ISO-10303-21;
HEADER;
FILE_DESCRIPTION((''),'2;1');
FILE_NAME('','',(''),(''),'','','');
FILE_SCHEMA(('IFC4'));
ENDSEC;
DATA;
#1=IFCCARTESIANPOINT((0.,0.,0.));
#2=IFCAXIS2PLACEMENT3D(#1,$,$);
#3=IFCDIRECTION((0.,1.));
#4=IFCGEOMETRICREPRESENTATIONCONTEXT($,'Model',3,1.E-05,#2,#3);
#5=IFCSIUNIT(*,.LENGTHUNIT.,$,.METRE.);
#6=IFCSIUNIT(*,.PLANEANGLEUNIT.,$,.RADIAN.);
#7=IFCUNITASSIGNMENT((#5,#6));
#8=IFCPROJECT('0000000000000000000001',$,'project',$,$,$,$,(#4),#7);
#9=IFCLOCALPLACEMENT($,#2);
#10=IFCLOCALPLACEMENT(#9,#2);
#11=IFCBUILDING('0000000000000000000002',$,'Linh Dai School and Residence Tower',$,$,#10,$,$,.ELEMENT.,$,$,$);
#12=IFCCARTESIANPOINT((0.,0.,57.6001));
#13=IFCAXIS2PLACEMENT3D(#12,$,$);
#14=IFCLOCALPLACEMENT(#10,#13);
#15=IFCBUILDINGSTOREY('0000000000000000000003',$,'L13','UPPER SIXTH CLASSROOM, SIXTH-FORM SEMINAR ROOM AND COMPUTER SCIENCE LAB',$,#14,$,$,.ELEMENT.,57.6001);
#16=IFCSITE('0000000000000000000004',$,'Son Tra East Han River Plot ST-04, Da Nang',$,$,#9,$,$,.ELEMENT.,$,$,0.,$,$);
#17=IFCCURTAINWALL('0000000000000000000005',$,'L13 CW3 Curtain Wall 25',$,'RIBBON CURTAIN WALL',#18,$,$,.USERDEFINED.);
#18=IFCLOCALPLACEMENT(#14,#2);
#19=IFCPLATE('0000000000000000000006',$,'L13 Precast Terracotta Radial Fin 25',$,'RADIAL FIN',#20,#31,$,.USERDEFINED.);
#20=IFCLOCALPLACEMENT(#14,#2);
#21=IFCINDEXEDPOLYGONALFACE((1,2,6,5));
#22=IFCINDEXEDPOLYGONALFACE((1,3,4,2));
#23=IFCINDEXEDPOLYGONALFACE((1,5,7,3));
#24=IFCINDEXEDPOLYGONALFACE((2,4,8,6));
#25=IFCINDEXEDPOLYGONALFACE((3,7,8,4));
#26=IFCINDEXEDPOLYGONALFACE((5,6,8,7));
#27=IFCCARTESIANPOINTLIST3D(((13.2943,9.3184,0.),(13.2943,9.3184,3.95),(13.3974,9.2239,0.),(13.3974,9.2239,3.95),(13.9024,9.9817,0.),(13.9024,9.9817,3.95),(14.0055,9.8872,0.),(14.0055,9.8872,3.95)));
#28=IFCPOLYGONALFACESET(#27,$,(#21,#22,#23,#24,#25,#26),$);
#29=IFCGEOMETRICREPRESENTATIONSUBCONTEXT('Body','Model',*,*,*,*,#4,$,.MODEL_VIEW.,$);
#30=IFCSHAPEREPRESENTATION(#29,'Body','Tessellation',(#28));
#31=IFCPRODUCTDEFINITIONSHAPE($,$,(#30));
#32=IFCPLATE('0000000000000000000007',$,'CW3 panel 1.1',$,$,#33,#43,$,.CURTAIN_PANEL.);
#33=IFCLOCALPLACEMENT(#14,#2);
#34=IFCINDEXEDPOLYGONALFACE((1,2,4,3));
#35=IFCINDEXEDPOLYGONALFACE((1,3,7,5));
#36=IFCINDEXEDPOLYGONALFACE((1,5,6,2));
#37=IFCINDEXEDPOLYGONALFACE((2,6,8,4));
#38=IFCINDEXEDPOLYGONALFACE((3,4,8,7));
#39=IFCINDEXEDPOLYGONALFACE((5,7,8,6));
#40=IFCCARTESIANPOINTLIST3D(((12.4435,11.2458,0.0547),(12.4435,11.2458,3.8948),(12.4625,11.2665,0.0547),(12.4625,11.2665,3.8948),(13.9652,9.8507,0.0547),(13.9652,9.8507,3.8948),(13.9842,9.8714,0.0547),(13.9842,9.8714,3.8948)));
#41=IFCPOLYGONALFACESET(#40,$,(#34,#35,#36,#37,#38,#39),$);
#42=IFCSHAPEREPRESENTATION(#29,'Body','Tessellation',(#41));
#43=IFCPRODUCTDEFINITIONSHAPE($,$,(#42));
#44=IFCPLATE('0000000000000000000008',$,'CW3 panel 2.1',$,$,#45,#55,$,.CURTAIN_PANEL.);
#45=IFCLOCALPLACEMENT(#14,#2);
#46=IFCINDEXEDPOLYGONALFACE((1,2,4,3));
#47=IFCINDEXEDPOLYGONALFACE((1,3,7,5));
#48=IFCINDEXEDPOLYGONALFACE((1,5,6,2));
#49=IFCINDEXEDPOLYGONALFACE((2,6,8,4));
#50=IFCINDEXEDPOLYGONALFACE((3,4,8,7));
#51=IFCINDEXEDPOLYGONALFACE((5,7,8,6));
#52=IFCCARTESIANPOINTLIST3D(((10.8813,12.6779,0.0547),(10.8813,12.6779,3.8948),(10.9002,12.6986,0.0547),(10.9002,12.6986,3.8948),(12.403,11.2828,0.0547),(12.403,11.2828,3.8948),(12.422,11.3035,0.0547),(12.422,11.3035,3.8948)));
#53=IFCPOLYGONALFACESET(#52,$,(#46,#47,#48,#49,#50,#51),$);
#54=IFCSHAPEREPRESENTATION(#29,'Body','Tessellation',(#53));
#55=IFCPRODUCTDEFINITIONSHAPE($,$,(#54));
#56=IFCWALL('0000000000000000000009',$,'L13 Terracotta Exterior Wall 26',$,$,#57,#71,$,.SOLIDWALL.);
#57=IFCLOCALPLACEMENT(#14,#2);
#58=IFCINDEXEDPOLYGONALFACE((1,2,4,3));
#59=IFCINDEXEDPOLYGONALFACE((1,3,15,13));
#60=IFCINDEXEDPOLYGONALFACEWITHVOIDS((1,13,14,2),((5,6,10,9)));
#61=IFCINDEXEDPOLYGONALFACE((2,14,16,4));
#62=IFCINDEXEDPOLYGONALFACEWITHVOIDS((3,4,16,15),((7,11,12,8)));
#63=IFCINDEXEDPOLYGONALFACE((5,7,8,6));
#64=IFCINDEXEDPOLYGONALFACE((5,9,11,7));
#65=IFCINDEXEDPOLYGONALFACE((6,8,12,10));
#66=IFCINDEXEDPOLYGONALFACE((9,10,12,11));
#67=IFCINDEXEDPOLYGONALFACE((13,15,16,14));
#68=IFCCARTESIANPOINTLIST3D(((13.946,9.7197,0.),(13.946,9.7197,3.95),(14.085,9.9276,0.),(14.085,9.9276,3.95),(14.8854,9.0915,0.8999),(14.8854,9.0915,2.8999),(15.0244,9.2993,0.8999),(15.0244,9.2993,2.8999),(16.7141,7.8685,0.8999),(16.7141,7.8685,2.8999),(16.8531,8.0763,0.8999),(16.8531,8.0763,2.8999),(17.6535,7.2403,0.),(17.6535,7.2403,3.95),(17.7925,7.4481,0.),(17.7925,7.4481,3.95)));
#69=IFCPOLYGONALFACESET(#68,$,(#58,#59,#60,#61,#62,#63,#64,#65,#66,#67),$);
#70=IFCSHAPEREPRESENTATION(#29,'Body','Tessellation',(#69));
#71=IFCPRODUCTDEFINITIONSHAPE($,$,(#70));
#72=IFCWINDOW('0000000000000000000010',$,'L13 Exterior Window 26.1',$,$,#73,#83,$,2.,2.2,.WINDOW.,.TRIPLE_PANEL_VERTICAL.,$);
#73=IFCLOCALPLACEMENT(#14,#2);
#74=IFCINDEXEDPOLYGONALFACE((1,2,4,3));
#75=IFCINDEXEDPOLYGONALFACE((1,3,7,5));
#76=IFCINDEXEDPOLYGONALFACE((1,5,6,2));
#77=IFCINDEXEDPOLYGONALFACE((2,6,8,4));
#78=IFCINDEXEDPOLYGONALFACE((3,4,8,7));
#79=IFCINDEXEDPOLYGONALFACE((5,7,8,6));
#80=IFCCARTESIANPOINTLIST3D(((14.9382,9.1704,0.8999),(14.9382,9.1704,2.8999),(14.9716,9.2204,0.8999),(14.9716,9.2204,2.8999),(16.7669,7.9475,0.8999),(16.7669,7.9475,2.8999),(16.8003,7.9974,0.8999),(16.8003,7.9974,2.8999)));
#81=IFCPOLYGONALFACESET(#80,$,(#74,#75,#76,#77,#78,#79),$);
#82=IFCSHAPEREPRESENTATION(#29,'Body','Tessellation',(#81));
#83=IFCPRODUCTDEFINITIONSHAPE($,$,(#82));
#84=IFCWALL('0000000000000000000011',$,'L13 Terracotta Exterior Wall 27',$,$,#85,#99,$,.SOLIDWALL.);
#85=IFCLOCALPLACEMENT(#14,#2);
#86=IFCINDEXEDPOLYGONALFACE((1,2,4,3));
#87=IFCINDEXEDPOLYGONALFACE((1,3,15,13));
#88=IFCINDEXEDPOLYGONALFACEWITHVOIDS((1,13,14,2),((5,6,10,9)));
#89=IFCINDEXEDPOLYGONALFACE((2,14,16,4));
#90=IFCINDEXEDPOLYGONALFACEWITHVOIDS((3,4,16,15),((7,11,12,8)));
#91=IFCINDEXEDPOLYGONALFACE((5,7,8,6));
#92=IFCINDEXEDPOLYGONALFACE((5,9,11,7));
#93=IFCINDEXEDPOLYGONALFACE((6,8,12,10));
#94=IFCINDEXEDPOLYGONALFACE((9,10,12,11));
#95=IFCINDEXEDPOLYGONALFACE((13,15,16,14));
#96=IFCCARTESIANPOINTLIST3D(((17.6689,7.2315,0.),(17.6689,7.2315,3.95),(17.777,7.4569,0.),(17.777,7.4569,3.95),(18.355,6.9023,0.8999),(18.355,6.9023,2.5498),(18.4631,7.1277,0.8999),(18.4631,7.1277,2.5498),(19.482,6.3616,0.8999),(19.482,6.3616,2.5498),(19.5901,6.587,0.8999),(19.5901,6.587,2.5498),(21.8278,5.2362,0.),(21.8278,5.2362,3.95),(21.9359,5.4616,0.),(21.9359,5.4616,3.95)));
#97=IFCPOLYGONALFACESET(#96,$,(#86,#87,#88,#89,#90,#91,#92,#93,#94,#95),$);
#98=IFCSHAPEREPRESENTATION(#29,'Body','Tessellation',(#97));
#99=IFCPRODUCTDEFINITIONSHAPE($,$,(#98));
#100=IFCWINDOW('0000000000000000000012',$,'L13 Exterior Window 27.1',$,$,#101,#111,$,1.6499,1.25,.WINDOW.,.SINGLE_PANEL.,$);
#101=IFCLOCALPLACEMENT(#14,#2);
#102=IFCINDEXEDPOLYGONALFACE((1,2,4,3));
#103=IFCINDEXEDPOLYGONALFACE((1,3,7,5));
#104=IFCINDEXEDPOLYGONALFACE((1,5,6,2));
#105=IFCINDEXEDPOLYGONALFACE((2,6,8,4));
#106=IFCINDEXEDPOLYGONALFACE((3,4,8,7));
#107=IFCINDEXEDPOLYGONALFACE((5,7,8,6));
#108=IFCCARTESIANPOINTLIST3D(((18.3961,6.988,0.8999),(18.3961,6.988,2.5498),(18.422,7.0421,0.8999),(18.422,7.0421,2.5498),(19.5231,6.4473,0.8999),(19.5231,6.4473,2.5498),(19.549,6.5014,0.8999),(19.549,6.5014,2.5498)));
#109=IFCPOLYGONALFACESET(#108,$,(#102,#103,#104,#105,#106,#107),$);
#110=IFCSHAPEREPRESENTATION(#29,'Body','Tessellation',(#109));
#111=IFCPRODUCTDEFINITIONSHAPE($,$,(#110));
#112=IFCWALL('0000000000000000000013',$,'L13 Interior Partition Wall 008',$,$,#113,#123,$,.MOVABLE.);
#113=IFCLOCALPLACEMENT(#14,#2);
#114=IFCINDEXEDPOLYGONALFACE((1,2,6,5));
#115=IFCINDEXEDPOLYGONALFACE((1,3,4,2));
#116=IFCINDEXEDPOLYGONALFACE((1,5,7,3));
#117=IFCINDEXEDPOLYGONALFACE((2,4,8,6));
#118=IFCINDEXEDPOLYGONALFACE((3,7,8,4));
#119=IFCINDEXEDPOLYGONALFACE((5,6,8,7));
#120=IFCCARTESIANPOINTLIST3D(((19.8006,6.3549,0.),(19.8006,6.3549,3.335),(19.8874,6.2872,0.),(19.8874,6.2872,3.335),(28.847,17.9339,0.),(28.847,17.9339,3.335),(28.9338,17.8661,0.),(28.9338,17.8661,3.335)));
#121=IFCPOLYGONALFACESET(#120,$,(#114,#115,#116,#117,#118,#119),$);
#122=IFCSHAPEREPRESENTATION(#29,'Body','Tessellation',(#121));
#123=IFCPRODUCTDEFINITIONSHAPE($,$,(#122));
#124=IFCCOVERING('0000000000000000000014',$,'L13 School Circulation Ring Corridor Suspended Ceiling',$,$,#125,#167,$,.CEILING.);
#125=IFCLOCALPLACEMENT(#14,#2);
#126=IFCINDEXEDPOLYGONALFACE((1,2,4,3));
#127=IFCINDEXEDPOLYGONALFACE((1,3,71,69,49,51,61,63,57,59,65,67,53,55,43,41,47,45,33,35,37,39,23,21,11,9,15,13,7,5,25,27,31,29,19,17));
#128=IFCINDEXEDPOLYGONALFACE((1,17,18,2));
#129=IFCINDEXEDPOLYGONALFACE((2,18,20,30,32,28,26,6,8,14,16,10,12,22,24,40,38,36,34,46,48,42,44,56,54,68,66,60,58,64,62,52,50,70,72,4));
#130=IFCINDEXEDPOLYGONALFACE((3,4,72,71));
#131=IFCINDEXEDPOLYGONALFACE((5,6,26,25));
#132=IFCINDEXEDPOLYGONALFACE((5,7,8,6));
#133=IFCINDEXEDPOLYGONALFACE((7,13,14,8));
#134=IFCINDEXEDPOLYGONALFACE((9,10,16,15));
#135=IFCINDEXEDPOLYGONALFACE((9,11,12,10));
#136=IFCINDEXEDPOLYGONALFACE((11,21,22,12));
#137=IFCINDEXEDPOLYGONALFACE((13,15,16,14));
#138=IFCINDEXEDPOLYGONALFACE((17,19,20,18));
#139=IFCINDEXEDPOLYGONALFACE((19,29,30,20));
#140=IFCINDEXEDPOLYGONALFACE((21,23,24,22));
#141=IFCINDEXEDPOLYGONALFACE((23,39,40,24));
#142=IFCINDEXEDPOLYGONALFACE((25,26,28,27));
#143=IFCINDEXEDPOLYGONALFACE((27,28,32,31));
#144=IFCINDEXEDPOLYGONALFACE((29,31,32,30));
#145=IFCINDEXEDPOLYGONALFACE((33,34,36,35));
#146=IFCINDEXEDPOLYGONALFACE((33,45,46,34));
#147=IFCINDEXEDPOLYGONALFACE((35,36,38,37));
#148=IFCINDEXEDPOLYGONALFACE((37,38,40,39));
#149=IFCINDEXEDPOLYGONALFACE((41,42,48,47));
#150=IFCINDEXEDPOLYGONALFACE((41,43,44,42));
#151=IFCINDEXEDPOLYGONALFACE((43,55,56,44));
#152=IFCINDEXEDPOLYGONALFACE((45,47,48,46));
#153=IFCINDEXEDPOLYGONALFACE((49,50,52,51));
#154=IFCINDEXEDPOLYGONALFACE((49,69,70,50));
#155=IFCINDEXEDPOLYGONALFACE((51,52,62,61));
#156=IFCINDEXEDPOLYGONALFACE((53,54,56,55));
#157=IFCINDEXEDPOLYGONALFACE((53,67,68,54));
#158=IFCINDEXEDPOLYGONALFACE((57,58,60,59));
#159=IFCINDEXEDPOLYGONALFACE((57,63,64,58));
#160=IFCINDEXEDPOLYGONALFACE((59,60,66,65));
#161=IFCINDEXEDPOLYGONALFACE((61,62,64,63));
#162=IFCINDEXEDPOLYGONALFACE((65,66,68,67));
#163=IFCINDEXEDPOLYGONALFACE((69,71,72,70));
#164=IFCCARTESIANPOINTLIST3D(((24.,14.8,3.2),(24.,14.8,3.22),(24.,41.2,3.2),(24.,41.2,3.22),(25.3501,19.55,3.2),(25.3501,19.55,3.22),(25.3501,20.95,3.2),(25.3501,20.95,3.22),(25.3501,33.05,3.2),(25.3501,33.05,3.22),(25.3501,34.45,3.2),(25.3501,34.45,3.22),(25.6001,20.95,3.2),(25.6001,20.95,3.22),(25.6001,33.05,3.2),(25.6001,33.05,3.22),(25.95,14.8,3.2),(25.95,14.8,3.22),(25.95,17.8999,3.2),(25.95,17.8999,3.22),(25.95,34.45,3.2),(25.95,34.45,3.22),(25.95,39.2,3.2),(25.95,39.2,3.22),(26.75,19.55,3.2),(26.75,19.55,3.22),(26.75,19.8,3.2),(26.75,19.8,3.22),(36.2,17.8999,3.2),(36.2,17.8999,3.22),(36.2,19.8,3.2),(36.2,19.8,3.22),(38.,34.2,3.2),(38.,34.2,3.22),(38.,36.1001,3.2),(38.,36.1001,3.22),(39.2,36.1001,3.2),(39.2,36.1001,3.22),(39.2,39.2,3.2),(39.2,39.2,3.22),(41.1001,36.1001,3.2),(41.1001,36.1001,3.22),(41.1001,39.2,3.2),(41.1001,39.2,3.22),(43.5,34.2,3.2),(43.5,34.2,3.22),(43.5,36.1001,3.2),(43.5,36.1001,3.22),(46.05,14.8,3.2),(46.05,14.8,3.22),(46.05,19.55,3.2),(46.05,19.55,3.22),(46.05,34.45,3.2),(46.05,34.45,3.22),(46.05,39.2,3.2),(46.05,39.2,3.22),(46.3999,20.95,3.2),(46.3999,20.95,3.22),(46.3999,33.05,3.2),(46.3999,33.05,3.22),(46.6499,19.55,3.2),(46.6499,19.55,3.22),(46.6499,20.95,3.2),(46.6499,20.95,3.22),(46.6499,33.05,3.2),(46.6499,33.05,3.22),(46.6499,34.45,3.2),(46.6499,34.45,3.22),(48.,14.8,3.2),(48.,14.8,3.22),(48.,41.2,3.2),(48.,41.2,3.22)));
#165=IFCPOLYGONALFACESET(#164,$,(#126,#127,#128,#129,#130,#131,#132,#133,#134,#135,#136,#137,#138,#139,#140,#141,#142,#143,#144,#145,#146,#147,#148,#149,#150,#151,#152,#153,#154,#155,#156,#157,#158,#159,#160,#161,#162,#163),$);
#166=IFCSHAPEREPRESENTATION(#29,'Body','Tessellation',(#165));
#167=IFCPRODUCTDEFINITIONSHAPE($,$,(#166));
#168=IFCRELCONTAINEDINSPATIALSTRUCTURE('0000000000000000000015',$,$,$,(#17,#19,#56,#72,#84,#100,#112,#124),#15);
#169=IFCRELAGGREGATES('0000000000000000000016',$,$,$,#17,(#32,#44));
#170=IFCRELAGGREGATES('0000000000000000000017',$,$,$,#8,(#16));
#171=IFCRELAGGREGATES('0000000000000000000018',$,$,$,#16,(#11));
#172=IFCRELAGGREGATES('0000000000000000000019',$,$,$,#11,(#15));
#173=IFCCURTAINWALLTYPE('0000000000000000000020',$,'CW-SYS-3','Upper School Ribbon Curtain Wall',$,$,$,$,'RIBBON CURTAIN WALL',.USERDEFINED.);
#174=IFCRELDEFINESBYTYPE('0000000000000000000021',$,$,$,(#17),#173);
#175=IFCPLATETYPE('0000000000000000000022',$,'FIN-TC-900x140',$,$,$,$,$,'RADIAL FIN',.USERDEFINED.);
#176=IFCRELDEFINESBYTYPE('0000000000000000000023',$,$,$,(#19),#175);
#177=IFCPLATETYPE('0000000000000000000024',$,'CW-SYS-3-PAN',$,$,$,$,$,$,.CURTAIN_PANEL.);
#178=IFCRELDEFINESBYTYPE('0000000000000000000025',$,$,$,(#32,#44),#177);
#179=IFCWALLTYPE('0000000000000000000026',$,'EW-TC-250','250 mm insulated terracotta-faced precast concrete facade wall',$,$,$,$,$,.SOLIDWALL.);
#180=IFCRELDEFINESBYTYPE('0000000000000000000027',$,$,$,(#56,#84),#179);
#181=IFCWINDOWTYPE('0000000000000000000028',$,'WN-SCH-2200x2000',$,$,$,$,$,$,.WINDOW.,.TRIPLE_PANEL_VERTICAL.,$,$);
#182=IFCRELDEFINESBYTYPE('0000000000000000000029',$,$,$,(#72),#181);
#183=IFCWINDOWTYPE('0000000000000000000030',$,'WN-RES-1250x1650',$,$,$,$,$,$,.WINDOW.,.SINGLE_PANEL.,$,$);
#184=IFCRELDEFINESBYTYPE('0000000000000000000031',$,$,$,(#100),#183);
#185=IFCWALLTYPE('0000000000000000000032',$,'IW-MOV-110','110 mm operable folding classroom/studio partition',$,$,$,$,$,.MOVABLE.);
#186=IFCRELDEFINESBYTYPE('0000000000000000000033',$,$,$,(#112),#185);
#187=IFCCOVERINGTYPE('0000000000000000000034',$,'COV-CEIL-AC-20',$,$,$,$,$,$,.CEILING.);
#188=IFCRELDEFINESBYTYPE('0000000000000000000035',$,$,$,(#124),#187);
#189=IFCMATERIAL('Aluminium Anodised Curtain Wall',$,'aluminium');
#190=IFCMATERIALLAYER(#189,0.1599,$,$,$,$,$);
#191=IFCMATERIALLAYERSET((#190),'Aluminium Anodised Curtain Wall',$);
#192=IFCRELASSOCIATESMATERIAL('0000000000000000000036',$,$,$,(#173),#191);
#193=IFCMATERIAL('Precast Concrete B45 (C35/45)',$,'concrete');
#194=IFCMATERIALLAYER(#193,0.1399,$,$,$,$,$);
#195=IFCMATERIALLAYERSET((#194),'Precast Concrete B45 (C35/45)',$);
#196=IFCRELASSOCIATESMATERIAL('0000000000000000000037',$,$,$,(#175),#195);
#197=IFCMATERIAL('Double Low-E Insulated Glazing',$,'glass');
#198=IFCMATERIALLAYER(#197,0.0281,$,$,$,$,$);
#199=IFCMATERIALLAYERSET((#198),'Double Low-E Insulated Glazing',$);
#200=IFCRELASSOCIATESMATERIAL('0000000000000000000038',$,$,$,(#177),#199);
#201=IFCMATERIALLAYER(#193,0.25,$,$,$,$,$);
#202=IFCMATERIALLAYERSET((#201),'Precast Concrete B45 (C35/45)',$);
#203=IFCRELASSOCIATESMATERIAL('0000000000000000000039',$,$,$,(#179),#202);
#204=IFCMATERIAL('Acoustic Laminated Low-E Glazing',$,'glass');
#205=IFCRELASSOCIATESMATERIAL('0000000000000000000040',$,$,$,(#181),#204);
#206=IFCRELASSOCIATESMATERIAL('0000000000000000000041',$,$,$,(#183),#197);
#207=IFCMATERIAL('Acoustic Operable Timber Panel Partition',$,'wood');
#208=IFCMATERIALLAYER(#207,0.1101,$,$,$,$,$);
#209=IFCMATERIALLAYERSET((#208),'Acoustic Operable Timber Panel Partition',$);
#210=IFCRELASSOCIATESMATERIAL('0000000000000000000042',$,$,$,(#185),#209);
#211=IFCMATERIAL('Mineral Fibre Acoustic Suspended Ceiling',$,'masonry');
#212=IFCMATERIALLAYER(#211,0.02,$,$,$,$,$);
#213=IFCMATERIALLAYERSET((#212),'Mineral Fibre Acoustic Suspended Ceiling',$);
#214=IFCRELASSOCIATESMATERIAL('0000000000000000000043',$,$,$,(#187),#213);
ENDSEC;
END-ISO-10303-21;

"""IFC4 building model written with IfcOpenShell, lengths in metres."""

from ifc_helpers import new_model, si_unit, direction, frame, frame_2d, origin, origin_2d, place, context, subcontext, project, spatial, polyline, rectangle, outline, extrude, source, transform, mapped, material, layer, layer_set, type_object, element, fill, aggregate, save


model = new_model("IFC4")

# Units and contexts
model_context = context("Model", 3, precision=1e-05, world=origin(), true_north=direction((0.0, 1.0)))
body_context = subcontext(model_context, "Body", "Model", "MODEL_VIEW")
ifc_project = project(units=[si_unit("LENGTHUNIT", "METRE"), si_unit("PLANEANGLEUNIT", "RADIAN")], contexts=[model_context])

# Site, building, storey
site_placement = place(None, origin())
site = spatial("IfcSite", under=ifc_project, at=site_placement, Name="Son Tra East Han River Plot ST-04, Da Nang", CompositionType="ELEMENT", RefElevation=0.0)
building_placement = place(site_placement, origin())
building = spatial("IfcBuilding", under=site, at=building_placement, Name="Linh Dai School and Residence Tower", CompositionType="ELEMENT")
storey_placement = place(building_placement, frame((0.0, 0.0, 57.6001)))
storey = spatial("IfcBuildingStorey", under=building, at=storey_placement, Name="L13", Description="UPPER SIXTH CLASSROOM, SIXTH-FORM SEMINAR ROOM AND COMPUTER SCIENCE LAB", CompositionType="ELEMENT", Elevation=57.6001)

# Curtain wall
ifc_material_1 = material(Name="Aluminium Anodised Curtain Wall", Category="aluminium")
ifc_layer_1 = layer(ifc_material_1, 0.1599)
ifc_layer_set_1 = layer_set([ifc_layer_1], Name="Aluminium Anodised Curtain Wall")
curtain_wall_type = type_object("IfcCurtainWallType", Name="CW-SYS-3", Description="Upper School Ribbon Curtain Wall", ElementType="RIBBON CURTAIN WALL", PredefinedType="USERDEFINED", material=ifc_layer_set_1)
curtain_wall_placement = place(storey_placement, origin())
curtain_wall = element("IfcCurtainWall", 1, at=curtain_wall_placement, inside=storey, type_object=curtain_wall_type, Name="L13 CW3 Curtain Wall 25", ObjectType="RIBBON CURTAIN WALL", PredefinedType="USERDEFINED")

# Plates
ifc_material_2 = material(Name="Precast Concrete B45 (C35/45)", Category="concrete")
ifc_layer_2 = layer(ifc_material_2, 0.1399)
ifc_layer_set_2 = layer_set([ifc_layer_2], Name="Precast Concrete B45 (C35/45)")
plate_type_1 = type_object("IfcPlateType", Name="FIN-TC-900x140", ElementType="RADIAL FIN", PredefinedType="USERDEFINED", material=ifc_layer_set_2)
shared_shape_1 = source(origin(), body_context, "Body", "SweptSolid", [
    extrude(rectangle(XDim=0.8999, YDim=0.1399, at=origin_2d()), origin(), (0.0, 0.0, 1.0), 3.95),
])
plate_1_placement = place(storey_placement, frame((13.6499, 9.6028, 0.0), z_axis=(0.0, 0.0, 1.0), x_axis=(-0.675769, -0.737113, 0.0)))
element("IfcPlate", 2, at=plate_1_placement, inside=storey, type_object=plate_type_1, Name="L13 Precast Terracotta Radial Fin 25", ObjectType="RADIAL FIN", PredefinedType="USERDEFINED", context=body_context, shape_type="MappedRepresentation", body=[
    mapped(shared_shape_1, transform((0.0, 0.0, 0.0), x_axis=(1.0, 0.0, 0.0), y_axis=(0.0, 1.0, 0.0), z_axis=(0.0, 0.0, 1.0), scale=1.0)),
])
ifc_material_3 = material(Name="Double Low-E Insulated Glazing", Category="glass")
ifc_layer_3 = layer(ifc_material_3, 0.0281)
ifc_layer_set_3 = layer_set([ifc_layer_3], Name="Double Low-E Insulated Glazing")
plate_type_2 = type_object("IfcPlateType", Name="CW-SYS-3-PAN", PredefinedType="CURTAIN_PANEL", material=ifc_layer_set_3)
shared_shape_2 = source(origin(), body_context, "Body", "SweptSolid", [
    extrude(rectangle(XDim=2.0645, YDim=0.0281, at=origin_2d()), origin(), (0.0, 0.0, 1.0), 3.8401),
])
plate_2_placement = place(storey_placement, frame((13.2139, 10.5586, 0.0547), z_axis=(0.0, 0.0, 1.0), x_axis=(-0.737113, 0.675769, 0.0)))
plate_2 = element("IfcPlate", 3, at=plate_2_placement, type_object=plate_type_2, Name="CW3 panel 1.1", PredefinedType="CURTAIN_PANEL", context=body_context, shape_type="MappedRepresentation", body=[
    mapped(shared_shape_2, transform((0.0, 0.0, 0.0), x_axis=(1.0, 0.0, 0.0), y_axis=(0.0, 1.0, 0.0), z_axis=(0.0, 0.0, 1.0), scale=1.0)),
])
plate_3_placement = place(storey_placement, frame((11.6516, 11.9907, 0.0547), z_axis=(0.0, 0.0, 1.0), x_axis=(-0.737113, 0.675769, 0.0)))
plate_3 = element("IfcPlate", 4, at=plate_3_placement, type_object=plate_type_2, Name="CW3 panel 2.1", PredefinedType="CURTAIN_PANEL", context=body_context, shape_type="MappedRepresentation", body=[
    mapped(shared_shape_2, transform((0.0, 0.0, 0.0), x_axis=(1.0, 0.0, 0.0), y_axis=(0.0, 1.0, 0.0), z_axis=(0.0, 0.0, 1.0), scale=1.0)),
])
aggregate(curtain_wall, [plate_2, plate_3])

# Walls, openings, windows
ifc_layer_4 = layer(ifc_material_2, 0.25)
ifc_layer_set_4 = layer_set([ifc_layer_4], Name="Precast Concrete B45 (C35/45)")
wall_type_1 = type_object("IfcWallType", Name="EW-TC-250", Description="250 mm insulated terracotta-faced precast concrete facade wall", PredefinedType="SOLIDWALL", material=ifc_layer_set_4)
wall_1_placement = place(storey_placement, frame((17.7229, 7.3442, 0.0), z_axis=(0.0, 0.0, 1.0), x_axis=(-0.831241, 0.555912, 0.0)))
wall_1 = element("IfcWall", 5, at=wall_1_placement, inside=storey, type_object=wall_type_1, Name="L13 Terracotta Exterior Wall 26", PredefinedType="SOLIDWALL", context=body_context, shape_type="SweptSolid", body=[
    extrude(rectangle(XDim=4.4602, YDim=0.25, at=frame_2d((2.23, 0.0))), origin(), (0.0, 0.0, 1.0), 3.95),
])
opening_1_placement = place(wall_1_placement, frame((1.1299, 0.0, 0.8999)))
opening_1 = element("IfcOpeningElement", 6, at=opening_1_placement, cuts=wall_1, PredefinedType="OPENING", context=body_context, shape_type="SweptSolid", body=[
    extrude(rectangle(XDim=2.2, YDim=2.0, at=origin_2d()), frame((1.1001, 0.135, 1.0), z_axis=(0.0, -1.0, 0.0), x_axis=(1.0, 0.0, 0.0)), (0.0, 0.0, 1.0), 0.27),
])
ifc_material_4 = material(Name="Acoustic Laminated Low-E Glazing", Category="glass")
window_type_1 = type_object("IfcWindowType", Name="WN-SCH-2200x2000", PartitioningType="TRIPLE_PANEL_VERTICAL", PredefinedType="WINDOW", material=ifc_material_4)
shared_shape_3 = source(origin(), body_context, "Body", "SweptSolid", [
    extrude(rectangle(XDim=2.2, YDim=2.0, at=origin_2d()), frame((1.1001, 0.03, 1.0), z_axis=(0.0, -1.0, 0.0), x_axis=(1.0, 0.0, 0.0)), (0.0, 0.0, 1.0), 0.0601),
])
window_1_placement = place(opening_1_placement, origin())
window_1 = element("IfcWindow", 7, at=window_1_placement, inside=storey, type_object=window_type_1, Name="L13 Exterior Window 26.1", OverallHeight=2.0, OverallWidth=2.2, PartitioningType="TRIPLE_PANEL_VERTICAL", PredefinedType="WINDOW", context=body_context, shape_type="MappedRepresentation", body=[
    mapped(shared_shape_3, transform((0.0, 0.0, 0.0), x_axis=(1.0, 0.0, 0.0), y_axis=(0.0, 1.0, 0.0), z_axis=(0.0, 0.0, 1.0), scale=1.0)),
])
fill(opening_1, window_1)
wall_2_placement = place(storey_placement, frame((21.8818, 5.3489, 0.0), z_axis=(0.0, 0.0, 1.0), x_axis=(-0.901602, 0.432568, 0.0)))
wall_2 = element("IfcWall", 8, at=wall_2_placement, inside=storey, type_object=wall_type_1, Name="L13 Terracotta Exterior Wall 27", PredefinedType="SOLIDWALL", context=body_context, shape_type="SweptSolid", body=[
    extrude(rectangle(XDim=4.6128, YDim=0.25, at=frame_2d((2.3064, 0.0))), origin(), (0.0, 0.0, 1.0), 3.95),
])
opening_2_placement = place(wall_2_placement, frame((2.6018, 0.0, 0.8999)))
opening_2 = element("IfcOpeningElement", 9, at=opening_2_placement, cuts=wall_2, PredefinedType="OPENING", context=body_context, shape_type="SweptSolid", body=[
    extrude(rectangle(XDim=1.25, YDim=1.6499, at=origin_2d()), frame((0.625, 0.135, 0.825), z_axis=(0.0, -1.0, 0.0), x_axis=(1.0, 0.0, 0.0)), (0.0, 0.0, 1.0), 0.27),
])
window_type_2 = type_object("IfcWindowType", Name="WN-RES-1250x1650", PartitioningType="SINGLE_PANEL", PredefinedType="WINDOW", material=ifc_material_3)
shared_shape_4 = source(origin(), body_context, "Body", "SweptSolid", [
    extrude(rectangle(XDim=1.25, YDim=1.6499, at=origin_2d()), frame((0.625, 0.03, 0.825), z_axis=(0.0, -1.0, 0.0), x_axis=(1.0, 0.0, 0.0)), (0.0, 0.0, 1.0), 0.0601),
])
window_2_placement = place(opening_2_placement, origin())
window_2 = element("IfcWindow", 10, at=window_2_placement, inside=storey, type_object=window_type_2, Name="L13 Exterior Window 27.1", OverallHeight=1.6499, OverallWidth=1.25, PartitioningType="SINGLE_PANEL", PredefinedType="WINDOW", context=body_context, shape_type="MappedRepresentation", body=[
    mapped(shared_shape_4, transform((0.0, 0.0, 0.0), x_axis=(1.0, 0.0, 0.0), y_axis=(0.0, 1.0, 0.0), z_axis=(0.0, 0.0, 1.0), scale=1.0)),
])
fill(opening_2, window_2)

# Wall
ifc_material_5 = material(Name="Acoustic Operable Timber Panel Partition", Category="wood")
ifc_layer_5 = layer(ifc_material_5, 0.1101)
ifc_layer_set_5 = layer_set([ifc_layer_5], Name="Acoustic Operable Timber Panel Partition")
wall_type_2 = type_object("IfcWallType", Name="IW-MOV-110", Description="110 mm operable folding classroom/studio partition", PredefinedType="MOVABLE", material=ifc_layer_set_5)
wall_3_placement = place(storey_placement, frame((19.844, 6.321, 0.0), z_axis=(0.0, 0.0, 1.0), x_axis=(0.615661, 0.788011, 0.0)))
element("IfcWall", 11, at=wall_3_placement, inside=storey, type_object=wall_type_2, Name="L13 Interior Partition Wall 008", PredefinedType="MOVABLE", context=body_context, shape_type="SweptSolid", body=[
    extrude(rectangle(XDim=14.6938, YDim=0.1101, at=frame_2d((7.3469, 0.0))), origin(), (0.0, 0.0, 1.0), 3.335),
])

# Covering
ifc_material_6 = material(Name="Mineral Fibre Acoustic Suspended Ceiling", Category="masonry")
ifc_layer_6 = layer(ifc_material_6, 0.02)
ifc_layer_set_6 = layer_set([ifc_layer_6], Name="Mineral Fibre Acoustic Suspended Ceiling")
covering_type_1 = type_object("IfcCoveringType", Name="COV-CEIL-AC-20", PredefinedType="CEILING", material=ifc_layer_set_6)
covering_1_placement = place(storey_placement, frame((0.0, 0.0, 3.2)))
element("IfcCovering", 12, at=covering_1_placement, inside=storey, type_object=covering_type_1, Name="L13 School Circulation Ring Corridor Suspended Ceiling", PredefinedType="CEILING", context=body_context, shape_type="SweptSolid", body=[
    extrude(outline(polyline([(24.0, 41.2), (48.0, 41.2), (48.0, 14.8), (46.05, 14.8), (46.05, 19.55), (46.6499, 19.55), (46.6499, 20.95), (46.3999, 20.95), (46.3999, 33.05), (46.6499, 33.05), (46.6499, 34.45), (46.05, 34.45), (46.05, 39.2), (41.1001, 39.2), (41.1001, 36.1001), (43.5, 36.1001), (43.5, 34.2), (38.0, 34.2), (38.0, 36.1001), (39.2, 36.1001), (39.2, 39.2), (25.95, 39.2), (25.95, 34.45), (25.3501, 34.45), (25.3501, 33.05), (25.6001, 33.05), (25.6001, 20.95), (25.3501, 20.95), (25.3501, 19.55), (26.75, 19.55), (26.75, 19.8), (36.2, 19.8), (36.2, 17.8999), (25.95, 17.8999), (25.95, 14.8), (24.0, 14.8), (24.0, 41.2)])), origin(), (0.0, 0.0, 1.0), 0.02),
])

save(model, "model.ifc")
